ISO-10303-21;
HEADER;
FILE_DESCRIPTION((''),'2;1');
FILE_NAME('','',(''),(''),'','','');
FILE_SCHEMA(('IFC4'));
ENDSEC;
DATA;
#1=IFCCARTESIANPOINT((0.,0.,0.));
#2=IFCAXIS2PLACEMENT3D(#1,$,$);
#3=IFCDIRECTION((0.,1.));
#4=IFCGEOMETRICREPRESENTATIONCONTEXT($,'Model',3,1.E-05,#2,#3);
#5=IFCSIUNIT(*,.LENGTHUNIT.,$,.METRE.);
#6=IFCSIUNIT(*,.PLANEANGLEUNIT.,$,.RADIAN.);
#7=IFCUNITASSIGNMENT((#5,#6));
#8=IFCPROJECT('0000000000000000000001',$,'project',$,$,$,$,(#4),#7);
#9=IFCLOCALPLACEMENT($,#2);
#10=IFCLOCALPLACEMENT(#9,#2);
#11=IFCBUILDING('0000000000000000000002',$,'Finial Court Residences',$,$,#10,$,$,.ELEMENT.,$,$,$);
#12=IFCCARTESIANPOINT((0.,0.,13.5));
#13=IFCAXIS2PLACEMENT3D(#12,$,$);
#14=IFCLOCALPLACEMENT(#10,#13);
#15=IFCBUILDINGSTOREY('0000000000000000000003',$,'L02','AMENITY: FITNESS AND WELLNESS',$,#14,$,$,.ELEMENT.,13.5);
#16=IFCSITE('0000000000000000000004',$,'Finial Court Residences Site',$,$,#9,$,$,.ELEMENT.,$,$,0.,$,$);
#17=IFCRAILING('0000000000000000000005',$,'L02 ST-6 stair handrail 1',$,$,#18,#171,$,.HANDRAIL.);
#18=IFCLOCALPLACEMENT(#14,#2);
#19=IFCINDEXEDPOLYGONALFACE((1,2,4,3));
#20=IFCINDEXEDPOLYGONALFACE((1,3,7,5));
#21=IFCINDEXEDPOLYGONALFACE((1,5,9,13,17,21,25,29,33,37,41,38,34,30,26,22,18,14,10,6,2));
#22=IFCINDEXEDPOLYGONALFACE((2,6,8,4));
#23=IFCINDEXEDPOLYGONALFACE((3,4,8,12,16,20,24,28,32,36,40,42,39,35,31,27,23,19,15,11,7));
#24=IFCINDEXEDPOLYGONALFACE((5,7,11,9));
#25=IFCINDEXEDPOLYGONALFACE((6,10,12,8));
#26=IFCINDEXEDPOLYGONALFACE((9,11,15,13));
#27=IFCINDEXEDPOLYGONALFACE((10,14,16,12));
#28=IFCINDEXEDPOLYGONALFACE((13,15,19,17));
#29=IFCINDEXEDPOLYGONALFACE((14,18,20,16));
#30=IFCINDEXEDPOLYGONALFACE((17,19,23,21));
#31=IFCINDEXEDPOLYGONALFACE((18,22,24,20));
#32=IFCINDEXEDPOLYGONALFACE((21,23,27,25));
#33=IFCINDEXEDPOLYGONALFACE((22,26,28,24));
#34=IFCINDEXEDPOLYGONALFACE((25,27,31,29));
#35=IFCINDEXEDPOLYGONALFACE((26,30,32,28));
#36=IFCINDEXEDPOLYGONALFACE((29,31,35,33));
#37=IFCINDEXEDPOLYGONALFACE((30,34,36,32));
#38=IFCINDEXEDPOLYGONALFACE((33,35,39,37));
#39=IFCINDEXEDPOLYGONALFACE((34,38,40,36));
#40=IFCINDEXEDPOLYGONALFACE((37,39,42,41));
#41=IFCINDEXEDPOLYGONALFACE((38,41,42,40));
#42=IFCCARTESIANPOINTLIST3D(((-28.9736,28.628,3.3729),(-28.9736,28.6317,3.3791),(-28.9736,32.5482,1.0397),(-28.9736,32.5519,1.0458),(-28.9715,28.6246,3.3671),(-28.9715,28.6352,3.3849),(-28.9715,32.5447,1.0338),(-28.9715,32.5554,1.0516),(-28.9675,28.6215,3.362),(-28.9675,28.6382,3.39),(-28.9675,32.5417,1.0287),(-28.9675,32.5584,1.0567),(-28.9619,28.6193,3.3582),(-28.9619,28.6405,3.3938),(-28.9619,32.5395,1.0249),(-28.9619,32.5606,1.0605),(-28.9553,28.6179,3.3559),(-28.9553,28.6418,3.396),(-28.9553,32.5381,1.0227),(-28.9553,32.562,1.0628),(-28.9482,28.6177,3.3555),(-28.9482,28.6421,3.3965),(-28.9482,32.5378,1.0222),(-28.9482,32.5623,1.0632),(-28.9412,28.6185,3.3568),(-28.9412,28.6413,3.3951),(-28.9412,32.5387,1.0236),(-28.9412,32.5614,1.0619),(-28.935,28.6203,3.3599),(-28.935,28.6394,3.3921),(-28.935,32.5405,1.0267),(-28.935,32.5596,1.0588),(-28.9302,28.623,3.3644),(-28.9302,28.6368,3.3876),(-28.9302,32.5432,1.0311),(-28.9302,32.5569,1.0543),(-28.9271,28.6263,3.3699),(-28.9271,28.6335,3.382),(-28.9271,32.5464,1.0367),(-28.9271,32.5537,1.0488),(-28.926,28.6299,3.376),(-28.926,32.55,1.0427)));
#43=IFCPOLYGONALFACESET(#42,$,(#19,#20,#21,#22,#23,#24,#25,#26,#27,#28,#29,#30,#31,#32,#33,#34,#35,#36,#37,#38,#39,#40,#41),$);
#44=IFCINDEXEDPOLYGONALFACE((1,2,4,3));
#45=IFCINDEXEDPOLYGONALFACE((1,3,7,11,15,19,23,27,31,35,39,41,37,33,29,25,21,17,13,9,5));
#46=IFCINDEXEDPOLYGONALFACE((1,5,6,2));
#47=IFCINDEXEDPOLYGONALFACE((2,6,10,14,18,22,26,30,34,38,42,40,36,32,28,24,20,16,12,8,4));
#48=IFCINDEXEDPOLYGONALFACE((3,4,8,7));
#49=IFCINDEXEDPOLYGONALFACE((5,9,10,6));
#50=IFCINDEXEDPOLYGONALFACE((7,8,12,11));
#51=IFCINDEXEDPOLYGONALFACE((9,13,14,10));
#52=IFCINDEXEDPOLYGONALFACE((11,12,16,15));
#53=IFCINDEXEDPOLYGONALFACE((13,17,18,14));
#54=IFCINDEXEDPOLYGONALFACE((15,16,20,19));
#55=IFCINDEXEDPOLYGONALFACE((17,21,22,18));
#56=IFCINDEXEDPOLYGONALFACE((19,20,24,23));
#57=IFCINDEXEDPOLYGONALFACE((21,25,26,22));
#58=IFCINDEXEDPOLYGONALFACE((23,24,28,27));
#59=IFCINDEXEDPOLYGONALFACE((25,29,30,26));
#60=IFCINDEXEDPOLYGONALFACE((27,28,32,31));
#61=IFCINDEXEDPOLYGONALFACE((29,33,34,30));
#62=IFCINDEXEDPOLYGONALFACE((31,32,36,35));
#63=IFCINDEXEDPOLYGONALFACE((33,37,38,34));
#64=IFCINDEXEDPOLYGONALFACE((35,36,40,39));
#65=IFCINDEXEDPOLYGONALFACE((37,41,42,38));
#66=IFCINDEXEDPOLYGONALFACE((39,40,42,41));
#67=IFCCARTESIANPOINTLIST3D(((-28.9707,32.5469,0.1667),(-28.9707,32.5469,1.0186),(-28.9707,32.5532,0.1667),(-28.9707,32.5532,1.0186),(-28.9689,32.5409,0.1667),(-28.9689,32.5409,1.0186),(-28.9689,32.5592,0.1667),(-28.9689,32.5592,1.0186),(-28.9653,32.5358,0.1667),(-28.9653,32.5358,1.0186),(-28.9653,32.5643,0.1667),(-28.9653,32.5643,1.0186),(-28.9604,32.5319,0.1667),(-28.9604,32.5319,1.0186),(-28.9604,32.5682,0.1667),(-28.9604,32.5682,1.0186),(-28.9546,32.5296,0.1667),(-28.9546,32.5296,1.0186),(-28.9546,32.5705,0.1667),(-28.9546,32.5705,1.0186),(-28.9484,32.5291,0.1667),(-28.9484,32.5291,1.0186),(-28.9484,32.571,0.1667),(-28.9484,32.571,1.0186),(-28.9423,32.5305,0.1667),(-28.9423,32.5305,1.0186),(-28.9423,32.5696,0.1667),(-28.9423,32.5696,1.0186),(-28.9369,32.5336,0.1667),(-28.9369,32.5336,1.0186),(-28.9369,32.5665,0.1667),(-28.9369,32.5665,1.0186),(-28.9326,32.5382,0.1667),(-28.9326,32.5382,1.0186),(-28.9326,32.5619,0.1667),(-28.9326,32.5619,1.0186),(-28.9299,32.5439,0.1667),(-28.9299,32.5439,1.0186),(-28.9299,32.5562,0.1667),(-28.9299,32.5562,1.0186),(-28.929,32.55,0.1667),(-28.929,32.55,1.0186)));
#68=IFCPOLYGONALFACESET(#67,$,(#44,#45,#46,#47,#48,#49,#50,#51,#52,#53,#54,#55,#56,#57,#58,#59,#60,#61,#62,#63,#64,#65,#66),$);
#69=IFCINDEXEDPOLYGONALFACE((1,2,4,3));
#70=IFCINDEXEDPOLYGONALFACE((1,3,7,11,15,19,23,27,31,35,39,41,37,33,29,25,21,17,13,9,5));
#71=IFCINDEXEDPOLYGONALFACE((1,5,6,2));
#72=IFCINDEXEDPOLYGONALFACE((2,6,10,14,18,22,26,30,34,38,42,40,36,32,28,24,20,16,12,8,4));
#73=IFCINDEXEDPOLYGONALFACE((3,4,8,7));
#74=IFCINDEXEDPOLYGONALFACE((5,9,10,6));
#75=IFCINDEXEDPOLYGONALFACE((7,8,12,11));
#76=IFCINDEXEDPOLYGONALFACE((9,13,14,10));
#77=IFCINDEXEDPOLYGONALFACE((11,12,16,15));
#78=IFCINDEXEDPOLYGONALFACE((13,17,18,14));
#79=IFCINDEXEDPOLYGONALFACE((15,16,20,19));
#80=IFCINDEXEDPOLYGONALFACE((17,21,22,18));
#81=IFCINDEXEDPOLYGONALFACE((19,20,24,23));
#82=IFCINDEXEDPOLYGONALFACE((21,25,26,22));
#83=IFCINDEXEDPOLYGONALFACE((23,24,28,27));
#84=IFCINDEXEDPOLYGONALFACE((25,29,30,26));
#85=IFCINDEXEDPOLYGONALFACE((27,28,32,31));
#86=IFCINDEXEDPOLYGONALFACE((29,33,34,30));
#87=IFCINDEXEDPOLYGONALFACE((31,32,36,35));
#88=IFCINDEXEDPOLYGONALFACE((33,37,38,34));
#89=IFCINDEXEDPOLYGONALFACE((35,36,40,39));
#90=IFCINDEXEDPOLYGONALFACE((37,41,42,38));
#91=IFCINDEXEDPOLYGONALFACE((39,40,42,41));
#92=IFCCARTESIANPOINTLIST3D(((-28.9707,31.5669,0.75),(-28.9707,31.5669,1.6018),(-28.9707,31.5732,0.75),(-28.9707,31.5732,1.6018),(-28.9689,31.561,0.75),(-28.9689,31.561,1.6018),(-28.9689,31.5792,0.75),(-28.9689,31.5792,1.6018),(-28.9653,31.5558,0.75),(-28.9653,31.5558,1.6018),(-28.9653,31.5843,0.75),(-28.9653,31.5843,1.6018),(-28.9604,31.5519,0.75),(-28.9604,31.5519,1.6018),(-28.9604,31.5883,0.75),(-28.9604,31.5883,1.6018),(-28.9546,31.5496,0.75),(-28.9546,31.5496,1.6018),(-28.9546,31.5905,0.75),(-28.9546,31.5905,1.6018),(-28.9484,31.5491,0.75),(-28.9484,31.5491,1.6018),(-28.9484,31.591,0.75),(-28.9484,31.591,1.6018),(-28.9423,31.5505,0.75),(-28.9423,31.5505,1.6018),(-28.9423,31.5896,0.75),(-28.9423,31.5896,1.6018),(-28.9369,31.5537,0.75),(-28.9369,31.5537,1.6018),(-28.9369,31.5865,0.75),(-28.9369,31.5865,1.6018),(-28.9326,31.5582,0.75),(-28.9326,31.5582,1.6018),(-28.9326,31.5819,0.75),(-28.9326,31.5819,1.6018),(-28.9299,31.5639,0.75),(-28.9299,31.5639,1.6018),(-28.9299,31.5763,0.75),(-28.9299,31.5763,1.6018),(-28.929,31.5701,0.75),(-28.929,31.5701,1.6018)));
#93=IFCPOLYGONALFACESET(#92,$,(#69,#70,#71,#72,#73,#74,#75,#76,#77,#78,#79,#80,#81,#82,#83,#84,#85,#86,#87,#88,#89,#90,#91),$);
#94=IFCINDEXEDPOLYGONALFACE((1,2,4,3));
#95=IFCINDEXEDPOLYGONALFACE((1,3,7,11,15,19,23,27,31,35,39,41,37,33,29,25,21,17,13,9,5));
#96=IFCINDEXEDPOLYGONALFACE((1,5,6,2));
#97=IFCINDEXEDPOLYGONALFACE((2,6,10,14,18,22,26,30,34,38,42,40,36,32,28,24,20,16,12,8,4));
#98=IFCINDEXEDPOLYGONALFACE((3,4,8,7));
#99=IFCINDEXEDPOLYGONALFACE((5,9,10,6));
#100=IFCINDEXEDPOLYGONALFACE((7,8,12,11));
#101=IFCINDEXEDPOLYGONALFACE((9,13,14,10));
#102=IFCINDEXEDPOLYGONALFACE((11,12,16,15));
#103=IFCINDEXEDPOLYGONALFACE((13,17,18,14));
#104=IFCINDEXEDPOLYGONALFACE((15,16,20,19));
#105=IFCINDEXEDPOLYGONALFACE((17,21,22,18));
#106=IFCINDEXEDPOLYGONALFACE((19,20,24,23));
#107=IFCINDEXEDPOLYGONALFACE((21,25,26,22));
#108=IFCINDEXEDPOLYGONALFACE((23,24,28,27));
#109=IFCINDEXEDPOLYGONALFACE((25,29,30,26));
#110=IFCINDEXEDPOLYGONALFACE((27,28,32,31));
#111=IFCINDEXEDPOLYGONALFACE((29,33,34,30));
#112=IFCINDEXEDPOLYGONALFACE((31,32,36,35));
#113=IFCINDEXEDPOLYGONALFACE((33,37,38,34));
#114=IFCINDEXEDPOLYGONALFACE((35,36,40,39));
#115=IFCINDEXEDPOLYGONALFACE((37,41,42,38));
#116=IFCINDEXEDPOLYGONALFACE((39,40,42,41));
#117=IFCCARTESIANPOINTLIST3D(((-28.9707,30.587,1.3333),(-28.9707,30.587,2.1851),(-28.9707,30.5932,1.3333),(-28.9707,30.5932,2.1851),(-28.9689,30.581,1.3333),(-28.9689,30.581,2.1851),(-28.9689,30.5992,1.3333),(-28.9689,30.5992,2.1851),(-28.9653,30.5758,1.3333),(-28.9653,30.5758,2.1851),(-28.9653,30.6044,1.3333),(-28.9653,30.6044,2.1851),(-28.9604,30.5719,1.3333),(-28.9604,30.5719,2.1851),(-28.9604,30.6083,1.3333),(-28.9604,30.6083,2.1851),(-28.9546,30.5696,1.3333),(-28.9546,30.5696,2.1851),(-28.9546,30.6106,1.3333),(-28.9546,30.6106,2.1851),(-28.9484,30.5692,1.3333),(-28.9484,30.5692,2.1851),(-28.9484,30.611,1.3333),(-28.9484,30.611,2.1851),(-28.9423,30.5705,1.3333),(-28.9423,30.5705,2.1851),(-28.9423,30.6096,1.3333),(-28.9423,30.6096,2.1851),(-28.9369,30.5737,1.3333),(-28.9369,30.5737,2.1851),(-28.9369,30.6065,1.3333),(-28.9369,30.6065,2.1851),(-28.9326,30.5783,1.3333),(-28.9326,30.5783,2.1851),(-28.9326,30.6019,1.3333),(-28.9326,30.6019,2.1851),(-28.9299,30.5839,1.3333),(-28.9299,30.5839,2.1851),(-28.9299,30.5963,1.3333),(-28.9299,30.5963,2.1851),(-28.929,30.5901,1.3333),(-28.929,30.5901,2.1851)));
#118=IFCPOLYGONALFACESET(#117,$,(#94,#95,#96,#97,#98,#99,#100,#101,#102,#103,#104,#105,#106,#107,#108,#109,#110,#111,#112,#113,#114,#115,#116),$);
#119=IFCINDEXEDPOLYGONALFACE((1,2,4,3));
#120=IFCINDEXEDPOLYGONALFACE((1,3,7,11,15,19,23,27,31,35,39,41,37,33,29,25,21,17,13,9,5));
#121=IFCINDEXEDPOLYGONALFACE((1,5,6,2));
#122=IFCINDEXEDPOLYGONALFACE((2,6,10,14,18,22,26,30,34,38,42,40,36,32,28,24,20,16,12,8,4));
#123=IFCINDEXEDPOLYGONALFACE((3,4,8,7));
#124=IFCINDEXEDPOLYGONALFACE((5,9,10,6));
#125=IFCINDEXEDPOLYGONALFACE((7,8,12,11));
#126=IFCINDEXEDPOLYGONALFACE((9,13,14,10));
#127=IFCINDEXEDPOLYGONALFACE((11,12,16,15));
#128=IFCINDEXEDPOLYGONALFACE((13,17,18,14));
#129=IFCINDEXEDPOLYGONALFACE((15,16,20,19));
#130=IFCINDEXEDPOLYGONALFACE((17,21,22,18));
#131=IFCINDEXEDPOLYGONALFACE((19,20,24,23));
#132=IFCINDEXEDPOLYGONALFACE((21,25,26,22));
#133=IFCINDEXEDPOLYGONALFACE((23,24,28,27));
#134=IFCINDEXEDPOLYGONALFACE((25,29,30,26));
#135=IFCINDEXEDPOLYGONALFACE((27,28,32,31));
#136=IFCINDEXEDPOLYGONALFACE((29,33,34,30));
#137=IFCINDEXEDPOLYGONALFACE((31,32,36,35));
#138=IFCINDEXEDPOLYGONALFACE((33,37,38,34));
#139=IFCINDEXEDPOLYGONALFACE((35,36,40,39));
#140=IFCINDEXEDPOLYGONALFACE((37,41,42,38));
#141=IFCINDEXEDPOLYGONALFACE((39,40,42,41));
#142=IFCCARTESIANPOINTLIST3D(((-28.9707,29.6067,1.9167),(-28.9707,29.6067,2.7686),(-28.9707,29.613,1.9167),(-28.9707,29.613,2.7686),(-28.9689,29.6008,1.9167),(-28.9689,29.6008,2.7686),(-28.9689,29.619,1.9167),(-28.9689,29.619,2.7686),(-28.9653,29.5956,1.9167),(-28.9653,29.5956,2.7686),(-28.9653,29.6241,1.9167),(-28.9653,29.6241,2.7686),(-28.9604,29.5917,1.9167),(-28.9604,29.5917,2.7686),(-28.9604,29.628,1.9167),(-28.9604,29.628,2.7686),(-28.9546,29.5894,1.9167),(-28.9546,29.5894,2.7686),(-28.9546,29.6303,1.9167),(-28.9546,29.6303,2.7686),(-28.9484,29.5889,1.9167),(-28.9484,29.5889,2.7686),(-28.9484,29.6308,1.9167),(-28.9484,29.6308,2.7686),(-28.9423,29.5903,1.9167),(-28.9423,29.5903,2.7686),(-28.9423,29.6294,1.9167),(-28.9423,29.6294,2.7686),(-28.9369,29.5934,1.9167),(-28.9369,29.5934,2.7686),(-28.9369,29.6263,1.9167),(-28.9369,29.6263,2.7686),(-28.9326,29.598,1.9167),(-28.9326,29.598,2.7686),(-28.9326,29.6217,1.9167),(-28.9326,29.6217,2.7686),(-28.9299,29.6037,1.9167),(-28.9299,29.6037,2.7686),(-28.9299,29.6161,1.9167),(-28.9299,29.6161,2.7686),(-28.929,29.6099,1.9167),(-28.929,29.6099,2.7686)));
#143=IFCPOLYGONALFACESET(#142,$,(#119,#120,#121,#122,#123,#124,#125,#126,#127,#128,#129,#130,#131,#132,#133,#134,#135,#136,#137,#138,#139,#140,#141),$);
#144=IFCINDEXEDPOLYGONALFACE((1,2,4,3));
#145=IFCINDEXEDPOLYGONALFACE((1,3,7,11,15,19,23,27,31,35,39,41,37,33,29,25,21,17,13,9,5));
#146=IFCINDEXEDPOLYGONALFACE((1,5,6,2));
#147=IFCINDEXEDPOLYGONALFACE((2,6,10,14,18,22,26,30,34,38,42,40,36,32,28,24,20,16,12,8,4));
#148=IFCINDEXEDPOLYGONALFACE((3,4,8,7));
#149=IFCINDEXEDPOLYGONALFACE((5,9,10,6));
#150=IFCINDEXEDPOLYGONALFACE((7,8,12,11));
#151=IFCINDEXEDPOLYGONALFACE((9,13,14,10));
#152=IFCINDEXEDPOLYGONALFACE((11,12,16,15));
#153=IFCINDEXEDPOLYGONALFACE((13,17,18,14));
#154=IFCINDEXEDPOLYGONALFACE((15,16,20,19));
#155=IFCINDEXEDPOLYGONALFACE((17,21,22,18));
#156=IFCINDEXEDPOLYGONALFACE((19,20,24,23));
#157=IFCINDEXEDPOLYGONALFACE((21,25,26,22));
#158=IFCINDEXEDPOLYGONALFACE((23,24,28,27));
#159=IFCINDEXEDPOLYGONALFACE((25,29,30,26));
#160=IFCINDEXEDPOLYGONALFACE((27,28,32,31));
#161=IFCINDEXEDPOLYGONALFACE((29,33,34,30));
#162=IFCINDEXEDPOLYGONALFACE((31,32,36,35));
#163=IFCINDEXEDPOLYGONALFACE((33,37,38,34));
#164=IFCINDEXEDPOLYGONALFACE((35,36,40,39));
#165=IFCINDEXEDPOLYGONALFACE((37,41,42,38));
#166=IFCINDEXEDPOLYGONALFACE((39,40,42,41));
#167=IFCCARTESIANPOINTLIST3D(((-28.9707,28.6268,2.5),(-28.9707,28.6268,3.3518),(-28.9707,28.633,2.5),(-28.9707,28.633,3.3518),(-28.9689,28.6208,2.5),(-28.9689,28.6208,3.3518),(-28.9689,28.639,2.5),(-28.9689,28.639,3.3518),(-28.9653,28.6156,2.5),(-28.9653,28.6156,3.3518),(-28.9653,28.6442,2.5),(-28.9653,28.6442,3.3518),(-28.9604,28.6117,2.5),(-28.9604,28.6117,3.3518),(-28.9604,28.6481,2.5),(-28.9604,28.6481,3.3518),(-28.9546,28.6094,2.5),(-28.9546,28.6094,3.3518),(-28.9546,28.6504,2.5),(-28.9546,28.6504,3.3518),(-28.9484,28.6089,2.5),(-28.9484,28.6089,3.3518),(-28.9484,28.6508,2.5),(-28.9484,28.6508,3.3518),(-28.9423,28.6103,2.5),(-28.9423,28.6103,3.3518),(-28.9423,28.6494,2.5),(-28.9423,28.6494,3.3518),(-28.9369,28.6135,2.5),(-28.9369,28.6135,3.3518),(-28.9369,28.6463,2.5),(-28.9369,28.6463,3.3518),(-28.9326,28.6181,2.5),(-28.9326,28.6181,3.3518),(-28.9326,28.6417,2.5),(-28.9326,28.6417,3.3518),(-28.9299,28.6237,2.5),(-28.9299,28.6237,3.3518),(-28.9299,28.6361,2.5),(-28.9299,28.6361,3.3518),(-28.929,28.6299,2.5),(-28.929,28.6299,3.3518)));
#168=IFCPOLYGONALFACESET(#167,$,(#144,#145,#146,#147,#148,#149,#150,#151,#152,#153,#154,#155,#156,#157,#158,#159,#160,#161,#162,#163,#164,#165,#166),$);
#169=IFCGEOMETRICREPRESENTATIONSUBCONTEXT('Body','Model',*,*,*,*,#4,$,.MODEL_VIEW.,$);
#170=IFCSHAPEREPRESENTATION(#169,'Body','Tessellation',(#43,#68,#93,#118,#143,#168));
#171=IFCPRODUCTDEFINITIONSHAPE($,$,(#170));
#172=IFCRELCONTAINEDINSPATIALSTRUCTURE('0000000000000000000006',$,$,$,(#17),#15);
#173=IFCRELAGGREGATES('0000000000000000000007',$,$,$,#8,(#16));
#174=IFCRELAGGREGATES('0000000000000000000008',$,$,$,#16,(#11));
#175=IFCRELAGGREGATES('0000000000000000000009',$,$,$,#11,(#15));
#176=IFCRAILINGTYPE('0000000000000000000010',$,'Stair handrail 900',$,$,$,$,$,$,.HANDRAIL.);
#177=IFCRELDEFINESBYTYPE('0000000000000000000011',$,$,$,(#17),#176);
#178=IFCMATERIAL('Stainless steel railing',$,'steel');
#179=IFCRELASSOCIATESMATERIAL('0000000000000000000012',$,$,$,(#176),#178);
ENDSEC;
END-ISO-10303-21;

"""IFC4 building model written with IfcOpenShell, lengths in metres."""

from ifc_helpers import new_model, si_unit, direction, frame, origin, origin_2d, place, context, subcontext, project, spatial, circle, extrude, material, type_object, element, save


model = new_model("IFC4")

# Units and contexts
model_context = context("Model", 3, precision=1e-05, world=origin(), true_north=direction((0.0, 1.0)))
body_context = subcontext(model_context, "Body", "Model", "MODEL_VIEW")
ifc_project = project(units=[si_unit("LENGTHUNIT", "METRE"), si_unit("PLANEANGLEUNIT", "RADIAN")], contexts=[model_context])

# Site, building, storey
site_placement = place(None, origin())
site = spatial("IfcSite", under=ifc_project, at=site_placement, Name="Finial Court Residences Site", CompositionType="ELEMENT", RefElevation=0.0)
building_placement = place(site_placement, origin())
building = spatial("IfcBuilding", under=site, at=building_placement, Name="Finial Court Residences", CompositionType="ELEMENT")
storey_placement = place(building_placement, frame((0.0, 0.0, 13.5)))
storey = spatial("IfcBuildingStorey", under=building, at=storey_placement, Name="L02", Description="AMENITY: FITNESS AND WELLNESS", CompositionType="ELEMENT", Elevation=13.5)

# Railing
ifc_material_1 = material(Name="Stainless steel railing", Category="steel")
railing_type_1 = type_object("IfcRailingType", Name="Stair handrail 900", PredefinedType="HANDRAIL", material=ifc_material_1)
railing_1_placement = place(storey_placement, frame((-28.95, 32.55, 0.1667)))
element("IfcRailing", 1, at=railing_1_placement, inside=storey, type_object=railing_type_1, Name="L02 ST-6 stair handrail 1", PredefinedType="HANDRAIL", context=body_context, shape_type="SweptSolid", body=[
    extrude(circle(Radius=0.0239, at=origin_2d()), frame((0.0, 0.0, 0.876), z_axis=(0.0, -0.85931, 0.511455), x_axis=(1.0, 0.0, 0.0)), (0.0, 0.0, 1.0), 4.562),
    extrude(circle(Radius=0.021, at=origin_2d()), origin(), (0.0, 0.0, 1.0), 0.8518),
    extrude(circle(Radius=0.021, at=origin_2d()), frame((0.0, -0.98, 0.5833)), (0.0, 0.0, 1.0), 0.8518),
    extrude(circle(Radius=0.021, at=origin_2d()), frame((0.0, -1.96, 1.1665)), (0.0, 0.0, 1.0), 0.8518),
    extrude(circle(Radius=0.021, at=origin_2d()), frame((0.0, -2.9402, 1.75)), (0.0, 0.0, 1.0), 0.8518),
    extrude(circle(Radius=0.021, at=origin_2d()), frame((0.0, -3.9202, 2.3333)), (0.0, 0.0, 1.0), 0.8518),
])

save(model, "model.ifc")
